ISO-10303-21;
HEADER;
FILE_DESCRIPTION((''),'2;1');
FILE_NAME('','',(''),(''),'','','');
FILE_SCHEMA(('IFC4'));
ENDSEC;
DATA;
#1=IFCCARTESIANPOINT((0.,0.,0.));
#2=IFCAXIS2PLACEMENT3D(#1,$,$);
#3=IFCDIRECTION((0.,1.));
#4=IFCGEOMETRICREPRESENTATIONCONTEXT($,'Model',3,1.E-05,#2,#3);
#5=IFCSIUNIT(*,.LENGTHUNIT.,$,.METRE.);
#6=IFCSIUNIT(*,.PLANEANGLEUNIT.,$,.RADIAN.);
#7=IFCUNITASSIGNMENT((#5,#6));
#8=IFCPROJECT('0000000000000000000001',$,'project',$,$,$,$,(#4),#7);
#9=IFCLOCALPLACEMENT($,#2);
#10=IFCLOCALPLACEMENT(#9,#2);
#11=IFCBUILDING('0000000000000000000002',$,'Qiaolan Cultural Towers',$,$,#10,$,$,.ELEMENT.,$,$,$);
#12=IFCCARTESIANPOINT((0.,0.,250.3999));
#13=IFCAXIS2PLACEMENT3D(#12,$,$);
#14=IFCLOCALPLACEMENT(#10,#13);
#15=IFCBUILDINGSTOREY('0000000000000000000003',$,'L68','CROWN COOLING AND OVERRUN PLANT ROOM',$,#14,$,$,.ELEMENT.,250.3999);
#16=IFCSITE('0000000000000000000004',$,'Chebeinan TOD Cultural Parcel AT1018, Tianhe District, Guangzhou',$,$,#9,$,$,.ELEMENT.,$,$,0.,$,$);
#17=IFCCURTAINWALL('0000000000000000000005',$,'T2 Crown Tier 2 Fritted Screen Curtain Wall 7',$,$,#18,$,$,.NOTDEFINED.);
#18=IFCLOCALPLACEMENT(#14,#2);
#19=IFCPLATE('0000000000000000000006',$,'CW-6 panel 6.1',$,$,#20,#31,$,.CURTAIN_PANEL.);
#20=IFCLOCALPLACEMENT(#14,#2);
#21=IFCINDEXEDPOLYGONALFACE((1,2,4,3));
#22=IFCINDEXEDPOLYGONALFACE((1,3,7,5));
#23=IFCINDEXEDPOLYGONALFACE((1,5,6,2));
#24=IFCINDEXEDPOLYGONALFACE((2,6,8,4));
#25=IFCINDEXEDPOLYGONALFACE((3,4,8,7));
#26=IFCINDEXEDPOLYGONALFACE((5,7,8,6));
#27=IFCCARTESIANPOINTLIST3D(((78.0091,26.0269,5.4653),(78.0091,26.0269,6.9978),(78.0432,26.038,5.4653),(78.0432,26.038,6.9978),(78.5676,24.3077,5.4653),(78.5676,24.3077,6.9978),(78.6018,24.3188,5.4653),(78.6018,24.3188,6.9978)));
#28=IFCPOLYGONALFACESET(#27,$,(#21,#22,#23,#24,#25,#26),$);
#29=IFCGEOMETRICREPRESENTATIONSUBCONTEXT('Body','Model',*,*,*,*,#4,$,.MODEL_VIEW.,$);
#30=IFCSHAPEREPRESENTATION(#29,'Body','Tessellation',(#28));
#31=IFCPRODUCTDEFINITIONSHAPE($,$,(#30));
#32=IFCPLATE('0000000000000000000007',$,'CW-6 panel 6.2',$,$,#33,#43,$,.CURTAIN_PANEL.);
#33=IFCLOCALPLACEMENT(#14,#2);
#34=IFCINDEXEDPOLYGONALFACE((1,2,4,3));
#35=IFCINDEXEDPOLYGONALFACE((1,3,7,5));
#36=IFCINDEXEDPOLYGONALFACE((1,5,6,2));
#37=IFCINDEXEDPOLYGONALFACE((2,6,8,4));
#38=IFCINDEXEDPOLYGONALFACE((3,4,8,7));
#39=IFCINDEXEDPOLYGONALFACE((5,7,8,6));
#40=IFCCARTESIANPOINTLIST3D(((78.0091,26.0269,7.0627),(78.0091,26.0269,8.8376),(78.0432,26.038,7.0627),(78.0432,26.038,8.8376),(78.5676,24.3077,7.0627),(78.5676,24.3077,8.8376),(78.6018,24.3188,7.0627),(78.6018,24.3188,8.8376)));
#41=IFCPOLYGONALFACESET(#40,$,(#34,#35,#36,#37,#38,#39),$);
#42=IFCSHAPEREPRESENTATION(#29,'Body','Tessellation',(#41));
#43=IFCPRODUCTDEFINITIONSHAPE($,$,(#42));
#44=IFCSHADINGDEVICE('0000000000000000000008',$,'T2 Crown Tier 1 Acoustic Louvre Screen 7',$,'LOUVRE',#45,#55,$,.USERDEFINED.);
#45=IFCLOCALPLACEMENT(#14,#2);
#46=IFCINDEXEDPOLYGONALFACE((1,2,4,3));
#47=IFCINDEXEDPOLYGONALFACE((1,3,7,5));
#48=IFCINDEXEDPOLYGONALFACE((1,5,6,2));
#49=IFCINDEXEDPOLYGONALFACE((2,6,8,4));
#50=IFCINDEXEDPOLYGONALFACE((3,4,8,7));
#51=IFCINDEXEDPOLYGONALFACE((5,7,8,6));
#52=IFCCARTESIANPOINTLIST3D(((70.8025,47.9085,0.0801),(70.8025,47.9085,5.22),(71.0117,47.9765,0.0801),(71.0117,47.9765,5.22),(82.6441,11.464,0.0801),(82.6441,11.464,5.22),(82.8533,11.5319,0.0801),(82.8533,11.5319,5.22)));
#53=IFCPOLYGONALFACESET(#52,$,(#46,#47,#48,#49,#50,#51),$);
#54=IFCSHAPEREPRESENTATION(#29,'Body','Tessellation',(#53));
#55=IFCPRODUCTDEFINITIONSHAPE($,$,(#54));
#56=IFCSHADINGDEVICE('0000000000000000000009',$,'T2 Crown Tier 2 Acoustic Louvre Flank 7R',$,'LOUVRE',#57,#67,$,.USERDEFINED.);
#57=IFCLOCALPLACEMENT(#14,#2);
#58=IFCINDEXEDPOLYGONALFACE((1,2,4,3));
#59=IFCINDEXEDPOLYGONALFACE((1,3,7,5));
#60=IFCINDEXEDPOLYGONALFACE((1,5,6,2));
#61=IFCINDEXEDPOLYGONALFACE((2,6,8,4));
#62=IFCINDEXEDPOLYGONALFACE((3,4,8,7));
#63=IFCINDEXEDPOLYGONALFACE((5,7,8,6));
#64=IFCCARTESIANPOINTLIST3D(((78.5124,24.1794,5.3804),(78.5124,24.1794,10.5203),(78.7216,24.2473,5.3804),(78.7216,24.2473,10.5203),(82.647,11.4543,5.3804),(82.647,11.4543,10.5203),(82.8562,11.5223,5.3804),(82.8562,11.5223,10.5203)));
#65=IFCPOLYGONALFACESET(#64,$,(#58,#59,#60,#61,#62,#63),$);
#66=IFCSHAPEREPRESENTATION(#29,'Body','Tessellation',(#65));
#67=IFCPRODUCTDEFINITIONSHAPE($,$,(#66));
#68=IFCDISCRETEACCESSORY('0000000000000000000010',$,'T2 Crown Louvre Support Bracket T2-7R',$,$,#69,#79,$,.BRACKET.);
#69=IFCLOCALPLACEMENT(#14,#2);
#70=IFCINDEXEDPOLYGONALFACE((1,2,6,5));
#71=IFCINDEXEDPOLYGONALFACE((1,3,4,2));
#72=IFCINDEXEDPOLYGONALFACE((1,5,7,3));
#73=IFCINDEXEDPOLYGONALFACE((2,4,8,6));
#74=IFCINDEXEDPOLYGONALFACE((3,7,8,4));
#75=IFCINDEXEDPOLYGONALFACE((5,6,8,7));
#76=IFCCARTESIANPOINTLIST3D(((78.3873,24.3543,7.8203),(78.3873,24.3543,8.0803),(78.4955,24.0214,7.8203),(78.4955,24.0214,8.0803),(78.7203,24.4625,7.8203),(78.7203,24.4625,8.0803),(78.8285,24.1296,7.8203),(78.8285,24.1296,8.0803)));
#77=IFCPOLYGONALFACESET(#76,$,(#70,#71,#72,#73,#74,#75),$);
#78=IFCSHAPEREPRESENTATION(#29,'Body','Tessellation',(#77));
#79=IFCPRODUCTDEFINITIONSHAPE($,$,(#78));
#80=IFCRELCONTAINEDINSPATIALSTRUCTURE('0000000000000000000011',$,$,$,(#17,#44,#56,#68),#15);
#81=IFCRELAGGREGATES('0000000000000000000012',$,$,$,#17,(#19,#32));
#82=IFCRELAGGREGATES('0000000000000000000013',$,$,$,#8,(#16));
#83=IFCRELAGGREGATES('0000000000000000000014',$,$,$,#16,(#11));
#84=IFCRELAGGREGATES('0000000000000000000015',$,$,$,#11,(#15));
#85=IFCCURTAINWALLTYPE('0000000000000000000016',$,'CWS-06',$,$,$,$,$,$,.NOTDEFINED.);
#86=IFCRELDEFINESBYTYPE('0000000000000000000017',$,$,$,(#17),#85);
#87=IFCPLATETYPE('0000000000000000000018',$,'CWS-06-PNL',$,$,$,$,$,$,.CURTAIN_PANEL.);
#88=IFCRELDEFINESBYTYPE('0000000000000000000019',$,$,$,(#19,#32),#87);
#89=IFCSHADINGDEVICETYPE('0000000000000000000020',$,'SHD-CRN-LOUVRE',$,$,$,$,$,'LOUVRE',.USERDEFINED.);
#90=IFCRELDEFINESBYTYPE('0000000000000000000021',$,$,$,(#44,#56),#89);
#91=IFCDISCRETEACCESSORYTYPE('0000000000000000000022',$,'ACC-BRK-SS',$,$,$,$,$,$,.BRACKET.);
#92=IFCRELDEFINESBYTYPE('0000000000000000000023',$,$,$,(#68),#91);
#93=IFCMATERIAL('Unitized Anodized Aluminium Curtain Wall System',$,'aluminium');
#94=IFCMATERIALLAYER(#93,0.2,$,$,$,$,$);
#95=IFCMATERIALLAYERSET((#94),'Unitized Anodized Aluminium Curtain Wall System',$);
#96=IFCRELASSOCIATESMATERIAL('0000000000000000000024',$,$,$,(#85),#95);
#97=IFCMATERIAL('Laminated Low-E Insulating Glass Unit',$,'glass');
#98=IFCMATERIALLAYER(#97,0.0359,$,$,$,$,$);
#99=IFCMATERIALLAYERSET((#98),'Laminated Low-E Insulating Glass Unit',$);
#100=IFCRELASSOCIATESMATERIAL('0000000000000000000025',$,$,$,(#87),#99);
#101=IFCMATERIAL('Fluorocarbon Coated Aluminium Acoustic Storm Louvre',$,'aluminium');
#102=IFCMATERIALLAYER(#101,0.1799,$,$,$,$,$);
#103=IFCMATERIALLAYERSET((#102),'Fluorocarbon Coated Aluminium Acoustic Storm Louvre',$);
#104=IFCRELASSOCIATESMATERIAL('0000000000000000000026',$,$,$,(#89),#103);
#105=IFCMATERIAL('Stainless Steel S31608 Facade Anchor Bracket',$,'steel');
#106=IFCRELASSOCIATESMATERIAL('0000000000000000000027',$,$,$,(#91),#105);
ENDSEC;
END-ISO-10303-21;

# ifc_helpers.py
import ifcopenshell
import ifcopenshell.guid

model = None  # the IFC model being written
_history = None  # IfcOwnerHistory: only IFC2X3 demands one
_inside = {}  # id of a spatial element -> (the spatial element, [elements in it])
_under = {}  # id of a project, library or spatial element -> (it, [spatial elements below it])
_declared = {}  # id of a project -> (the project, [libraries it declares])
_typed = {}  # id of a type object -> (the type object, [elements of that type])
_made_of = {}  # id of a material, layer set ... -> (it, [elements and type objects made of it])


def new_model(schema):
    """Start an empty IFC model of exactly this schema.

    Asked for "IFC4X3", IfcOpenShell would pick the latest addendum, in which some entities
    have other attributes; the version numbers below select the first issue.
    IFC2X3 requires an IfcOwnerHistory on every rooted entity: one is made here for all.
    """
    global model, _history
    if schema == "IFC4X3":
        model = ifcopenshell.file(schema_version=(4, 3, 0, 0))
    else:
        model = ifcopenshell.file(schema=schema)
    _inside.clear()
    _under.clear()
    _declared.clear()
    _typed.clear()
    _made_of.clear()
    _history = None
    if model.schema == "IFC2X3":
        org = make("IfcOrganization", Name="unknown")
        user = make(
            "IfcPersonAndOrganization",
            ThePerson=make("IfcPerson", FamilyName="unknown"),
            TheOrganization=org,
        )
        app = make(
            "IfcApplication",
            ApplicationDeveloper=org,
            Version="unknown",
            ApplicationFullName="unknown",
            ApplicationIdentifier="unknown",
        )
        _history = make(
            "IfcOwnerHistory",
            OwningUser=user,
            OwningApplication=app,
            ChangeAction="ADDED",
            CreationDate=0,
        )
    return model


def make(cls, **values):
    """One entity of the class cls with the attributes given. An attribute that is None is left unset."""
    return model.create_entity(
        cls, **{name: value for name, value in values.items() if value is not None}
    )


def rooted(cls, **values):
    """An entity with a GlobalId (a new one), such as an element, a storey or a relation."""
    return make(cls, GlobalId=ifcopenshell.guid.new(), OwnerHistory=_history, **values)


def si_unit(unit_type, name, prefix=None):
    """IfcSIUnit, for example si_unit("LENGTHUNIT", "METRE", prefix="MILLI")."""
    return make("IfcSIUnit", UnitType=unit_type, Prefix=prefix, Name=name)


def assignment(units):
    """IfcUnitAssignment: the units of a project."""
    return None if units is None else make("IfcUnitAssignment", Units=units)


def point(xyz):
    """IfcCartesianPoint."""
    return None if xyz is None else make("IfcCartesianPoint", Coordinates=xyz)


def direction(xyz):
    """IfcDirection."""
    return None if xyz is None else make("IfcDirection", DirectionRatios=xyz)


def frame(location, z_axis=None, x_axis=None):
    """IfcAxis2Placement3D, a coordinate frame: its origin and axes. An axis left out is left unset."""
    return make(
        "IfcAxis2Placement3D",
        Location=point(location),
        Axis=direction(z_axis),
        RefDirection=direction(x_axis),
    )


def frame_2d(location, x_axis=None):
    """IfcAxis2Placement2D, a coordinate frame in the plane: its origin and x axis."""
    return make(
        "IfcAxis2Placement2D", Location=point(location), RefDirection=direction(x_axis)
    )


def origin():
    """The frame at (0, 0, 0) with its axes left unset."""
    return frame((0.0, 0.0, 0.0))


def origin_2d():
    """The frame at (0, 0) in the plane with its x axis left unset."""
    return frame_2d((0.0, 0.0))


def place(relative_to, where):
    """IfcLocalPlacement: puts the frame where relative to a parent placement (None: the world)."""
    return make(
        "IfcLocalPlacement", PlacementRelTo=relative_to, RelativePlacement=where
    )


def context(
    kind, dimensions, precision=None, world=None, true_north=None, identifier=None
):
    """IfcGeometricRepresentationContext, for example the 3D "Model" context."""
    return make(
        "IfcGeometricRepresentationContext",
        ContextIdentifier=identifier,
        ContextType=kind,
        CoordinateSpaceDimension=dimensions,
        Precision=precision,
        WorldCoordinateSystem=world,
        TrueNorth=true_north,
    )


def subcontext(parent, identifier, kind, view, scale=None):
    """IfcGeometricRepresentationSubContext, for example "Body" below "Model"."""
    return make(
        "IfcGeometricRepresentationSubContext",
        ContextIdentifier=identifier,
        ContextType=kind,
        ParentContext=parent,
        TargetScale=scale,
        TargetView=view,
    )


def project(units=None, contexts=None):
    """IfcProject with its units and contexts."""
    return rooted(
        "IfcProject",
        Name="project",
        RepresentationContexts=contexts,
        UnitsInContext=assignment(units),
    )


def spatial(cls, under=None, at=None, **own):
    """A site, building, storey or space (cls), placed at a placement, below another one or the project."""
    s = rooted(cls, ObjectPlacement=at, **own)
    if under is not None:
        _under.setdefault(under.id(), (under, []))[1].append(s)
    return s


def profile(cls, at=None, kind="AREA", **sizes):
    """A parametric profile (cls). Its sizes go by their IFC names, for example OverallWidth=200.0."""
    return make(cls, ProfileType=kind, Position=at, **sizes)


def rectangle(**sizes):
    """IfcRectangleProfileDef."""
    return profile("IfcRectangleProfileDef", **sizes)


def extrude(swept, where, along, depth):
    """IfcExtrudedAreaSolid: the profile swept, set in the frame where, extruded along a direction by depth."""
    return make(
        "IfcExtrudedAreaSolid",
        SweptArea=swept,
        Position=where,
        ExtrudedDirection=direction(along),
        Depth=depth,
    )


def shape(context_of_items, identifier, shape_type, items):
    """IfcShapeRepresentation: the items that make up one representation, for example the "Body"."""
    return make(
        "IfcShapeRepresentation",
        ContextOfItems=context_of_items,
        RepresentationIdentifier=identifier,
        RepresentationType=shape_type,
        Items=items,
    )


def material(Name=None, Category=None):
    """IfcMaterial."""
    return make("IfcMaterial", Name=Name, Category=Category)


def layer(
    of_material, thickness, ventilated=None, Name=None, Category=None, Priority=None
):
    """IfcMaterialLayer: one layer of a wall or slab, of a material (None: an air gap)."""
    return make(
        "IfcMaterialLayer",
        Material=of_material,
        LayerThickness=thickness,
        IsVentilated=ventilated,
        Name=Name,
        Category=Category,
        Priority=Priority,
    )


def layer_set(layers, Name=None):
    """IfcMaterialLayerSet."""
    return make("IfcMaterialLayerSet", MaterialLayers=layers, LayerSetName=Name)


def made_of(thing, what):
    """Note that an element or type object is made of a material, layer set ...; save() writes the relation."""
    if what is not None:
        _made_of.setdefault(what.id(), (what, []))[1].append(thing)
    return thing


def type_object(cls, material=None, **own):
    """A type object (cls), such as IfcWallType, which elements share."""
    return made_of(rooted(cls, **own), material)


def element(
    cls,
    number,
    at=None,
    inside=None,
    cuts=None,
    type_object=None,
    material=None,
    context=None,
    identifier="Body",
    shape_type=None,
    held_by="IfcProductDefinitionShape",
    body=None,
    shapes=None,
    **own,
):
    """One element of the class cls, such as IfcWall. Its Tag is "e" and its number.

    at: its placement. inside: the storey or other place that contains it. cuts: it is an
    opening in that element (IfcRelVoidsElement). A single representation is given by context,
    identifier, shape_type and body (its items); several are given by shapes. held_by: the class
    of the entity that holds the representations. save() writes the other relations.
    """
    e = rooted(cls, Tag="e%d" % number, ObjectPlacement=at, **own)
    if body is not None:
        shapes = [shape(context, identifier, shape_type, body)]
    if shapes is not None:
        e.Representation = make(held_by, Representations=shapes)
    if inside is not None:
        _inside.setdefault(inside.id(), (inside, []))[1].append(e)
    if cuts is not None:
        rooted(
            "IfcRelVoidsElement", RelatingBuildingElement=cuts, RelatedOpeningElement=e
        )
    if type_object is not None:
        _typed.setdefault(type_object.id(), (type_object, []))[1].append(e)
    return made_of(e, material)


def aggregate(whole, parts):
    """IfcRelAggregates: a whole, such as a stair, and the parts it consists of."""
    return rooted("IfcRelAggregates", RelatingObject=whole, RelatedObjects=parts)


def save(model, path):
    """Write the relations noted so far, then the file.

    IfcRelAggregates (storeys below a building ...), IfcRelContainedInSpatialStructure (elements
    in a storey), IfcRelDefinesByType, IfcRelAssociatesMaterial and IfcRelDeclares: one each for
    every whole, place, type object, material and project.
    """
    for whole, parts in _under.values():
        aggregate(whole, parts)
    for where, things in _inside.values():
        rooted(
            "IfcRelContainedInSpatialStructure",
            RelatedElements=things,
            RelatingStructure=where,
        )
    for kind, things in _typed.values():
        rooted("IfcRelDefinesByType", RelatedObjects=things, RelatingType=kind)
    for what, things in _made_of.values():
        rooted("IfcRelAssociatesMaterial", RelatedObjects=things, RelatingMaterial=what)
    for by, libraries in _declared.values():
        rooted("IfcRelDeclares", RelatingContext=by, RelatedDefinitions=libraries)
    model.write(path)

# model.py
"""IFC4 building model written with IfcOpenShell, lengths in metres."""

from ifc_helpers import new_model, si_unit, direction, frame, origin, origin_2d, place, context, subcontext, project, spatial, rectangle, extrude, material, layer, layer_set, type_object, element, aggregate, save


model = new_model("IFC4")

# Units and contexts
model_context = context("Model", 3, precision=1e-05, world=origin(), true_north=direction((0.0, 1.0)))
body_context = subcontext(model_context, "Body", "Model", "MODEL_VIEW")
ifc_project = project(units=[si_unit("LENGTHUNIT", "METRE"), si_unit("PLANEANGLEUNIT", "RADIAN")], contexts=[model_context])

# Site, building, storey
site_placement = place(None, origin())
site = spatial("IfcSite", under=ifc_project, at=site_placement, Name="Chebeinan TOD Cultural Parcel AT1018, Tianhe District, Guangzhou", CompositionType="ELEMENT", RefElevation=0.0)
building_placement = place(site_placement, origin())
building = spatial("IfcBuilding", under=site, at=building_placement, Name="Qiaolan Cultural Towers", CompositionType="ELEMENT")
storey_placement = place(building_placement, frame((0.0, 0.0, 250.3999)))
storey = spatial("IfcBuildingStorey", under=building, at=storey_placement, Name="L68", Description="CROWN COOLING AND OVERRUN PLANT ROOM", CompositionType="ELEMENT", Elevation=250.3999)

# Curtain wall, plates
ifc_material_1 = material(Name="Unitized Anodized Aluminium Curtain Wall System", Category="aluminium")
ifc_layer_1 = layer(ifc_material_1, 0.2)
ifc_layer_set_1 = layer_set([ifc_layer_1], Name="Unitized Anodized Aluminium Curtain Wall System")
curtain_wall_type = type_object("IfcCurtainWallType", Name="CWS-06", PredefinedType="NOTDEFINED", material=ifc_layer_set_1)
curtain_wall_placement = place(storey_placement, origin())
curtain_wall = element("IfcCurtainWall", 1, at=curtain_wall_placement, inside=storey, type_object=curtain_wall_type, Name="T2 Crown Tier 2 Fritted Screen Curtain Wall 7", PredefinedType="NOTDEFINED")
ifc_material_2 = material(Name="Laminated Low-E Insulating Glass Unit", Category="glass")
ifc_layer_2 = layer(ifc_material_2, 0.0359)
ifc_layer_set_2 = layer_set([ifc_layer_2], Name="Laminated Low-E Insulating Glass Unit")
plate_type = type_object("IfcPlateType", Name="CWS-06-PNL", PredefinedType="CURTAIN_PANEL", material=ifc_layer_set_2)
plate_1_placement = place(storey_placement, frame((78.3054, 25.1729, 5.4653), z_axis=(0.0, 0.0, 1.0), x_axis=(0.309017, -0.951057, 0.0)))
plate_1 = element("IfcPlate", 2, at=plate_1_placement, type_object=plate_type, Name="CW-6 panel 6.1", PredefinedType="CURTAIN_PANEL", context=body_context, shape_type="SweptSolid", body=[
    extrude(rectangle(XDim=1.8076, YDim=0.0359, at=origin_2d()), origin(), (0.0, 0.0, 1.0), 1.5325),
])
plate_2_placement = place(storey_placement, frame((78.3054, 25.1729, 7.0627), z_axis=(0.0, 0.0, 1.0), x_axis=(0.309017, -0.951057, 0.0)))
plate_2 = element("IfcPlate", 3, at=plate_2_placement, type_object=plate_type, Name="CW-6 panel 6.2", PredefinedType="CURTAIN_PANEL", context=body_context, shape_type="SweptSolid", body=[
    extrude(rectangle(XDim=1.8076, YDim=0.0359, at=origin_2d()), origin(), (0.0, 0.0, 1.0), 1.7749),
])
aggregate(curtain_wall, [plate_1, plate_2])

# Shading devices
ifc_material_3 = material(Name="Fluorocarbon Coated Aluminium Acoustic Storm Louvre", Category="aluminium")
ifc_layer_3 = layer(ifc_material_3, 0.1799)
ifc_layer_set_3 = layer_set([ifc_layer_3], Name="Fluorocarbon Coated Aluminium Acoustic Storm Louvre")
shading_device_type = type_object("IfcShadingDeviceType", Name="SHD-CRN-LOUVRE", ElementType="LOUVRE", PredefinedType="USERDEFINED", material=ifc_layer_set_3)
shading_device_1_placement = place(storey_placement, frame((76.8279, 29.7202, 0.0801), z_axis=(0.0, 0.0, 1.0), x_axis=(0.309017, -0.951057, 0.0)))
element("IfcShadingDevice", 4, at=shading_device_1_placement, inside=storey, type_object=shading_device_type, Name="T2 Crown Tier 1 Acoustic Louvre Screen 7", ObjectType="LOUVRE", PredefinedType="USERDEFINED", context=body_context, shape_type="SweptSolid", body=[
    extrude(rectangle(XDim=38.3201, YDim=0.22, at=origin_2d()), origin(), (0.0, 0.0, 1.0), 5.1399),
])
shading_device_2_placement = place(storey_placement, frame((80.6843, 17.8508, 5.3804), z_axis=(0.0, 0.0, 1.0), x_axis=(0.309017, -0.951057, 0.0)))
element("IfcShadingDevice", 5, at=shading_device_2_placement, inside=storey, type_object=shading_device_type, Name="T2 Crown Tier 2 Acoustic Louvre Flank 7R", ObjectType="LOUVRE", PredefinedType="USERDEFINED", context=body_context, shape_type="SweptSolid", body=[
    extrude(rectangle(XDim=13.3799, YDim=0.22, at=origin_2d()), origin(), (0.0, 0.0, 1.0), 5.1399),
])

# Discrete accessory
ifc_material_4 = material(Name="Stainless Steel S31608 Facade Anchor Bracket", Category="steel")
discrete_accessory_type = type_object("IfcDiscreteAccessoryType", Name="ACC-BRK-SS", PredefinedType="BRACKET", material=ifc_material_4)
discrete_accessory_placement = place(storey_placement, frame((78.6079, 24.2419, 7.8203), z_axis=(0.0, 0.0, 1.0), x_axis=(0.309017, -0.951057, 0.0)))
element("IfcDiscreteAccessory", 6, at=discrete_accessory_placement, inside=storey, type_object=discrete_accessory_type, Name="T2 Crown Louvre Support Bracket T2-7R", PredefinedType="BRACKET", context=body_context, shape_type="SweptSolid", body=[
    extrude(rectangle(XDim=0.3501, YDim=0.3501, at=origin_2d()), origin(), (0.0, 0.0, 1.0), 0.26),
])

save(model, "model.ifc")
